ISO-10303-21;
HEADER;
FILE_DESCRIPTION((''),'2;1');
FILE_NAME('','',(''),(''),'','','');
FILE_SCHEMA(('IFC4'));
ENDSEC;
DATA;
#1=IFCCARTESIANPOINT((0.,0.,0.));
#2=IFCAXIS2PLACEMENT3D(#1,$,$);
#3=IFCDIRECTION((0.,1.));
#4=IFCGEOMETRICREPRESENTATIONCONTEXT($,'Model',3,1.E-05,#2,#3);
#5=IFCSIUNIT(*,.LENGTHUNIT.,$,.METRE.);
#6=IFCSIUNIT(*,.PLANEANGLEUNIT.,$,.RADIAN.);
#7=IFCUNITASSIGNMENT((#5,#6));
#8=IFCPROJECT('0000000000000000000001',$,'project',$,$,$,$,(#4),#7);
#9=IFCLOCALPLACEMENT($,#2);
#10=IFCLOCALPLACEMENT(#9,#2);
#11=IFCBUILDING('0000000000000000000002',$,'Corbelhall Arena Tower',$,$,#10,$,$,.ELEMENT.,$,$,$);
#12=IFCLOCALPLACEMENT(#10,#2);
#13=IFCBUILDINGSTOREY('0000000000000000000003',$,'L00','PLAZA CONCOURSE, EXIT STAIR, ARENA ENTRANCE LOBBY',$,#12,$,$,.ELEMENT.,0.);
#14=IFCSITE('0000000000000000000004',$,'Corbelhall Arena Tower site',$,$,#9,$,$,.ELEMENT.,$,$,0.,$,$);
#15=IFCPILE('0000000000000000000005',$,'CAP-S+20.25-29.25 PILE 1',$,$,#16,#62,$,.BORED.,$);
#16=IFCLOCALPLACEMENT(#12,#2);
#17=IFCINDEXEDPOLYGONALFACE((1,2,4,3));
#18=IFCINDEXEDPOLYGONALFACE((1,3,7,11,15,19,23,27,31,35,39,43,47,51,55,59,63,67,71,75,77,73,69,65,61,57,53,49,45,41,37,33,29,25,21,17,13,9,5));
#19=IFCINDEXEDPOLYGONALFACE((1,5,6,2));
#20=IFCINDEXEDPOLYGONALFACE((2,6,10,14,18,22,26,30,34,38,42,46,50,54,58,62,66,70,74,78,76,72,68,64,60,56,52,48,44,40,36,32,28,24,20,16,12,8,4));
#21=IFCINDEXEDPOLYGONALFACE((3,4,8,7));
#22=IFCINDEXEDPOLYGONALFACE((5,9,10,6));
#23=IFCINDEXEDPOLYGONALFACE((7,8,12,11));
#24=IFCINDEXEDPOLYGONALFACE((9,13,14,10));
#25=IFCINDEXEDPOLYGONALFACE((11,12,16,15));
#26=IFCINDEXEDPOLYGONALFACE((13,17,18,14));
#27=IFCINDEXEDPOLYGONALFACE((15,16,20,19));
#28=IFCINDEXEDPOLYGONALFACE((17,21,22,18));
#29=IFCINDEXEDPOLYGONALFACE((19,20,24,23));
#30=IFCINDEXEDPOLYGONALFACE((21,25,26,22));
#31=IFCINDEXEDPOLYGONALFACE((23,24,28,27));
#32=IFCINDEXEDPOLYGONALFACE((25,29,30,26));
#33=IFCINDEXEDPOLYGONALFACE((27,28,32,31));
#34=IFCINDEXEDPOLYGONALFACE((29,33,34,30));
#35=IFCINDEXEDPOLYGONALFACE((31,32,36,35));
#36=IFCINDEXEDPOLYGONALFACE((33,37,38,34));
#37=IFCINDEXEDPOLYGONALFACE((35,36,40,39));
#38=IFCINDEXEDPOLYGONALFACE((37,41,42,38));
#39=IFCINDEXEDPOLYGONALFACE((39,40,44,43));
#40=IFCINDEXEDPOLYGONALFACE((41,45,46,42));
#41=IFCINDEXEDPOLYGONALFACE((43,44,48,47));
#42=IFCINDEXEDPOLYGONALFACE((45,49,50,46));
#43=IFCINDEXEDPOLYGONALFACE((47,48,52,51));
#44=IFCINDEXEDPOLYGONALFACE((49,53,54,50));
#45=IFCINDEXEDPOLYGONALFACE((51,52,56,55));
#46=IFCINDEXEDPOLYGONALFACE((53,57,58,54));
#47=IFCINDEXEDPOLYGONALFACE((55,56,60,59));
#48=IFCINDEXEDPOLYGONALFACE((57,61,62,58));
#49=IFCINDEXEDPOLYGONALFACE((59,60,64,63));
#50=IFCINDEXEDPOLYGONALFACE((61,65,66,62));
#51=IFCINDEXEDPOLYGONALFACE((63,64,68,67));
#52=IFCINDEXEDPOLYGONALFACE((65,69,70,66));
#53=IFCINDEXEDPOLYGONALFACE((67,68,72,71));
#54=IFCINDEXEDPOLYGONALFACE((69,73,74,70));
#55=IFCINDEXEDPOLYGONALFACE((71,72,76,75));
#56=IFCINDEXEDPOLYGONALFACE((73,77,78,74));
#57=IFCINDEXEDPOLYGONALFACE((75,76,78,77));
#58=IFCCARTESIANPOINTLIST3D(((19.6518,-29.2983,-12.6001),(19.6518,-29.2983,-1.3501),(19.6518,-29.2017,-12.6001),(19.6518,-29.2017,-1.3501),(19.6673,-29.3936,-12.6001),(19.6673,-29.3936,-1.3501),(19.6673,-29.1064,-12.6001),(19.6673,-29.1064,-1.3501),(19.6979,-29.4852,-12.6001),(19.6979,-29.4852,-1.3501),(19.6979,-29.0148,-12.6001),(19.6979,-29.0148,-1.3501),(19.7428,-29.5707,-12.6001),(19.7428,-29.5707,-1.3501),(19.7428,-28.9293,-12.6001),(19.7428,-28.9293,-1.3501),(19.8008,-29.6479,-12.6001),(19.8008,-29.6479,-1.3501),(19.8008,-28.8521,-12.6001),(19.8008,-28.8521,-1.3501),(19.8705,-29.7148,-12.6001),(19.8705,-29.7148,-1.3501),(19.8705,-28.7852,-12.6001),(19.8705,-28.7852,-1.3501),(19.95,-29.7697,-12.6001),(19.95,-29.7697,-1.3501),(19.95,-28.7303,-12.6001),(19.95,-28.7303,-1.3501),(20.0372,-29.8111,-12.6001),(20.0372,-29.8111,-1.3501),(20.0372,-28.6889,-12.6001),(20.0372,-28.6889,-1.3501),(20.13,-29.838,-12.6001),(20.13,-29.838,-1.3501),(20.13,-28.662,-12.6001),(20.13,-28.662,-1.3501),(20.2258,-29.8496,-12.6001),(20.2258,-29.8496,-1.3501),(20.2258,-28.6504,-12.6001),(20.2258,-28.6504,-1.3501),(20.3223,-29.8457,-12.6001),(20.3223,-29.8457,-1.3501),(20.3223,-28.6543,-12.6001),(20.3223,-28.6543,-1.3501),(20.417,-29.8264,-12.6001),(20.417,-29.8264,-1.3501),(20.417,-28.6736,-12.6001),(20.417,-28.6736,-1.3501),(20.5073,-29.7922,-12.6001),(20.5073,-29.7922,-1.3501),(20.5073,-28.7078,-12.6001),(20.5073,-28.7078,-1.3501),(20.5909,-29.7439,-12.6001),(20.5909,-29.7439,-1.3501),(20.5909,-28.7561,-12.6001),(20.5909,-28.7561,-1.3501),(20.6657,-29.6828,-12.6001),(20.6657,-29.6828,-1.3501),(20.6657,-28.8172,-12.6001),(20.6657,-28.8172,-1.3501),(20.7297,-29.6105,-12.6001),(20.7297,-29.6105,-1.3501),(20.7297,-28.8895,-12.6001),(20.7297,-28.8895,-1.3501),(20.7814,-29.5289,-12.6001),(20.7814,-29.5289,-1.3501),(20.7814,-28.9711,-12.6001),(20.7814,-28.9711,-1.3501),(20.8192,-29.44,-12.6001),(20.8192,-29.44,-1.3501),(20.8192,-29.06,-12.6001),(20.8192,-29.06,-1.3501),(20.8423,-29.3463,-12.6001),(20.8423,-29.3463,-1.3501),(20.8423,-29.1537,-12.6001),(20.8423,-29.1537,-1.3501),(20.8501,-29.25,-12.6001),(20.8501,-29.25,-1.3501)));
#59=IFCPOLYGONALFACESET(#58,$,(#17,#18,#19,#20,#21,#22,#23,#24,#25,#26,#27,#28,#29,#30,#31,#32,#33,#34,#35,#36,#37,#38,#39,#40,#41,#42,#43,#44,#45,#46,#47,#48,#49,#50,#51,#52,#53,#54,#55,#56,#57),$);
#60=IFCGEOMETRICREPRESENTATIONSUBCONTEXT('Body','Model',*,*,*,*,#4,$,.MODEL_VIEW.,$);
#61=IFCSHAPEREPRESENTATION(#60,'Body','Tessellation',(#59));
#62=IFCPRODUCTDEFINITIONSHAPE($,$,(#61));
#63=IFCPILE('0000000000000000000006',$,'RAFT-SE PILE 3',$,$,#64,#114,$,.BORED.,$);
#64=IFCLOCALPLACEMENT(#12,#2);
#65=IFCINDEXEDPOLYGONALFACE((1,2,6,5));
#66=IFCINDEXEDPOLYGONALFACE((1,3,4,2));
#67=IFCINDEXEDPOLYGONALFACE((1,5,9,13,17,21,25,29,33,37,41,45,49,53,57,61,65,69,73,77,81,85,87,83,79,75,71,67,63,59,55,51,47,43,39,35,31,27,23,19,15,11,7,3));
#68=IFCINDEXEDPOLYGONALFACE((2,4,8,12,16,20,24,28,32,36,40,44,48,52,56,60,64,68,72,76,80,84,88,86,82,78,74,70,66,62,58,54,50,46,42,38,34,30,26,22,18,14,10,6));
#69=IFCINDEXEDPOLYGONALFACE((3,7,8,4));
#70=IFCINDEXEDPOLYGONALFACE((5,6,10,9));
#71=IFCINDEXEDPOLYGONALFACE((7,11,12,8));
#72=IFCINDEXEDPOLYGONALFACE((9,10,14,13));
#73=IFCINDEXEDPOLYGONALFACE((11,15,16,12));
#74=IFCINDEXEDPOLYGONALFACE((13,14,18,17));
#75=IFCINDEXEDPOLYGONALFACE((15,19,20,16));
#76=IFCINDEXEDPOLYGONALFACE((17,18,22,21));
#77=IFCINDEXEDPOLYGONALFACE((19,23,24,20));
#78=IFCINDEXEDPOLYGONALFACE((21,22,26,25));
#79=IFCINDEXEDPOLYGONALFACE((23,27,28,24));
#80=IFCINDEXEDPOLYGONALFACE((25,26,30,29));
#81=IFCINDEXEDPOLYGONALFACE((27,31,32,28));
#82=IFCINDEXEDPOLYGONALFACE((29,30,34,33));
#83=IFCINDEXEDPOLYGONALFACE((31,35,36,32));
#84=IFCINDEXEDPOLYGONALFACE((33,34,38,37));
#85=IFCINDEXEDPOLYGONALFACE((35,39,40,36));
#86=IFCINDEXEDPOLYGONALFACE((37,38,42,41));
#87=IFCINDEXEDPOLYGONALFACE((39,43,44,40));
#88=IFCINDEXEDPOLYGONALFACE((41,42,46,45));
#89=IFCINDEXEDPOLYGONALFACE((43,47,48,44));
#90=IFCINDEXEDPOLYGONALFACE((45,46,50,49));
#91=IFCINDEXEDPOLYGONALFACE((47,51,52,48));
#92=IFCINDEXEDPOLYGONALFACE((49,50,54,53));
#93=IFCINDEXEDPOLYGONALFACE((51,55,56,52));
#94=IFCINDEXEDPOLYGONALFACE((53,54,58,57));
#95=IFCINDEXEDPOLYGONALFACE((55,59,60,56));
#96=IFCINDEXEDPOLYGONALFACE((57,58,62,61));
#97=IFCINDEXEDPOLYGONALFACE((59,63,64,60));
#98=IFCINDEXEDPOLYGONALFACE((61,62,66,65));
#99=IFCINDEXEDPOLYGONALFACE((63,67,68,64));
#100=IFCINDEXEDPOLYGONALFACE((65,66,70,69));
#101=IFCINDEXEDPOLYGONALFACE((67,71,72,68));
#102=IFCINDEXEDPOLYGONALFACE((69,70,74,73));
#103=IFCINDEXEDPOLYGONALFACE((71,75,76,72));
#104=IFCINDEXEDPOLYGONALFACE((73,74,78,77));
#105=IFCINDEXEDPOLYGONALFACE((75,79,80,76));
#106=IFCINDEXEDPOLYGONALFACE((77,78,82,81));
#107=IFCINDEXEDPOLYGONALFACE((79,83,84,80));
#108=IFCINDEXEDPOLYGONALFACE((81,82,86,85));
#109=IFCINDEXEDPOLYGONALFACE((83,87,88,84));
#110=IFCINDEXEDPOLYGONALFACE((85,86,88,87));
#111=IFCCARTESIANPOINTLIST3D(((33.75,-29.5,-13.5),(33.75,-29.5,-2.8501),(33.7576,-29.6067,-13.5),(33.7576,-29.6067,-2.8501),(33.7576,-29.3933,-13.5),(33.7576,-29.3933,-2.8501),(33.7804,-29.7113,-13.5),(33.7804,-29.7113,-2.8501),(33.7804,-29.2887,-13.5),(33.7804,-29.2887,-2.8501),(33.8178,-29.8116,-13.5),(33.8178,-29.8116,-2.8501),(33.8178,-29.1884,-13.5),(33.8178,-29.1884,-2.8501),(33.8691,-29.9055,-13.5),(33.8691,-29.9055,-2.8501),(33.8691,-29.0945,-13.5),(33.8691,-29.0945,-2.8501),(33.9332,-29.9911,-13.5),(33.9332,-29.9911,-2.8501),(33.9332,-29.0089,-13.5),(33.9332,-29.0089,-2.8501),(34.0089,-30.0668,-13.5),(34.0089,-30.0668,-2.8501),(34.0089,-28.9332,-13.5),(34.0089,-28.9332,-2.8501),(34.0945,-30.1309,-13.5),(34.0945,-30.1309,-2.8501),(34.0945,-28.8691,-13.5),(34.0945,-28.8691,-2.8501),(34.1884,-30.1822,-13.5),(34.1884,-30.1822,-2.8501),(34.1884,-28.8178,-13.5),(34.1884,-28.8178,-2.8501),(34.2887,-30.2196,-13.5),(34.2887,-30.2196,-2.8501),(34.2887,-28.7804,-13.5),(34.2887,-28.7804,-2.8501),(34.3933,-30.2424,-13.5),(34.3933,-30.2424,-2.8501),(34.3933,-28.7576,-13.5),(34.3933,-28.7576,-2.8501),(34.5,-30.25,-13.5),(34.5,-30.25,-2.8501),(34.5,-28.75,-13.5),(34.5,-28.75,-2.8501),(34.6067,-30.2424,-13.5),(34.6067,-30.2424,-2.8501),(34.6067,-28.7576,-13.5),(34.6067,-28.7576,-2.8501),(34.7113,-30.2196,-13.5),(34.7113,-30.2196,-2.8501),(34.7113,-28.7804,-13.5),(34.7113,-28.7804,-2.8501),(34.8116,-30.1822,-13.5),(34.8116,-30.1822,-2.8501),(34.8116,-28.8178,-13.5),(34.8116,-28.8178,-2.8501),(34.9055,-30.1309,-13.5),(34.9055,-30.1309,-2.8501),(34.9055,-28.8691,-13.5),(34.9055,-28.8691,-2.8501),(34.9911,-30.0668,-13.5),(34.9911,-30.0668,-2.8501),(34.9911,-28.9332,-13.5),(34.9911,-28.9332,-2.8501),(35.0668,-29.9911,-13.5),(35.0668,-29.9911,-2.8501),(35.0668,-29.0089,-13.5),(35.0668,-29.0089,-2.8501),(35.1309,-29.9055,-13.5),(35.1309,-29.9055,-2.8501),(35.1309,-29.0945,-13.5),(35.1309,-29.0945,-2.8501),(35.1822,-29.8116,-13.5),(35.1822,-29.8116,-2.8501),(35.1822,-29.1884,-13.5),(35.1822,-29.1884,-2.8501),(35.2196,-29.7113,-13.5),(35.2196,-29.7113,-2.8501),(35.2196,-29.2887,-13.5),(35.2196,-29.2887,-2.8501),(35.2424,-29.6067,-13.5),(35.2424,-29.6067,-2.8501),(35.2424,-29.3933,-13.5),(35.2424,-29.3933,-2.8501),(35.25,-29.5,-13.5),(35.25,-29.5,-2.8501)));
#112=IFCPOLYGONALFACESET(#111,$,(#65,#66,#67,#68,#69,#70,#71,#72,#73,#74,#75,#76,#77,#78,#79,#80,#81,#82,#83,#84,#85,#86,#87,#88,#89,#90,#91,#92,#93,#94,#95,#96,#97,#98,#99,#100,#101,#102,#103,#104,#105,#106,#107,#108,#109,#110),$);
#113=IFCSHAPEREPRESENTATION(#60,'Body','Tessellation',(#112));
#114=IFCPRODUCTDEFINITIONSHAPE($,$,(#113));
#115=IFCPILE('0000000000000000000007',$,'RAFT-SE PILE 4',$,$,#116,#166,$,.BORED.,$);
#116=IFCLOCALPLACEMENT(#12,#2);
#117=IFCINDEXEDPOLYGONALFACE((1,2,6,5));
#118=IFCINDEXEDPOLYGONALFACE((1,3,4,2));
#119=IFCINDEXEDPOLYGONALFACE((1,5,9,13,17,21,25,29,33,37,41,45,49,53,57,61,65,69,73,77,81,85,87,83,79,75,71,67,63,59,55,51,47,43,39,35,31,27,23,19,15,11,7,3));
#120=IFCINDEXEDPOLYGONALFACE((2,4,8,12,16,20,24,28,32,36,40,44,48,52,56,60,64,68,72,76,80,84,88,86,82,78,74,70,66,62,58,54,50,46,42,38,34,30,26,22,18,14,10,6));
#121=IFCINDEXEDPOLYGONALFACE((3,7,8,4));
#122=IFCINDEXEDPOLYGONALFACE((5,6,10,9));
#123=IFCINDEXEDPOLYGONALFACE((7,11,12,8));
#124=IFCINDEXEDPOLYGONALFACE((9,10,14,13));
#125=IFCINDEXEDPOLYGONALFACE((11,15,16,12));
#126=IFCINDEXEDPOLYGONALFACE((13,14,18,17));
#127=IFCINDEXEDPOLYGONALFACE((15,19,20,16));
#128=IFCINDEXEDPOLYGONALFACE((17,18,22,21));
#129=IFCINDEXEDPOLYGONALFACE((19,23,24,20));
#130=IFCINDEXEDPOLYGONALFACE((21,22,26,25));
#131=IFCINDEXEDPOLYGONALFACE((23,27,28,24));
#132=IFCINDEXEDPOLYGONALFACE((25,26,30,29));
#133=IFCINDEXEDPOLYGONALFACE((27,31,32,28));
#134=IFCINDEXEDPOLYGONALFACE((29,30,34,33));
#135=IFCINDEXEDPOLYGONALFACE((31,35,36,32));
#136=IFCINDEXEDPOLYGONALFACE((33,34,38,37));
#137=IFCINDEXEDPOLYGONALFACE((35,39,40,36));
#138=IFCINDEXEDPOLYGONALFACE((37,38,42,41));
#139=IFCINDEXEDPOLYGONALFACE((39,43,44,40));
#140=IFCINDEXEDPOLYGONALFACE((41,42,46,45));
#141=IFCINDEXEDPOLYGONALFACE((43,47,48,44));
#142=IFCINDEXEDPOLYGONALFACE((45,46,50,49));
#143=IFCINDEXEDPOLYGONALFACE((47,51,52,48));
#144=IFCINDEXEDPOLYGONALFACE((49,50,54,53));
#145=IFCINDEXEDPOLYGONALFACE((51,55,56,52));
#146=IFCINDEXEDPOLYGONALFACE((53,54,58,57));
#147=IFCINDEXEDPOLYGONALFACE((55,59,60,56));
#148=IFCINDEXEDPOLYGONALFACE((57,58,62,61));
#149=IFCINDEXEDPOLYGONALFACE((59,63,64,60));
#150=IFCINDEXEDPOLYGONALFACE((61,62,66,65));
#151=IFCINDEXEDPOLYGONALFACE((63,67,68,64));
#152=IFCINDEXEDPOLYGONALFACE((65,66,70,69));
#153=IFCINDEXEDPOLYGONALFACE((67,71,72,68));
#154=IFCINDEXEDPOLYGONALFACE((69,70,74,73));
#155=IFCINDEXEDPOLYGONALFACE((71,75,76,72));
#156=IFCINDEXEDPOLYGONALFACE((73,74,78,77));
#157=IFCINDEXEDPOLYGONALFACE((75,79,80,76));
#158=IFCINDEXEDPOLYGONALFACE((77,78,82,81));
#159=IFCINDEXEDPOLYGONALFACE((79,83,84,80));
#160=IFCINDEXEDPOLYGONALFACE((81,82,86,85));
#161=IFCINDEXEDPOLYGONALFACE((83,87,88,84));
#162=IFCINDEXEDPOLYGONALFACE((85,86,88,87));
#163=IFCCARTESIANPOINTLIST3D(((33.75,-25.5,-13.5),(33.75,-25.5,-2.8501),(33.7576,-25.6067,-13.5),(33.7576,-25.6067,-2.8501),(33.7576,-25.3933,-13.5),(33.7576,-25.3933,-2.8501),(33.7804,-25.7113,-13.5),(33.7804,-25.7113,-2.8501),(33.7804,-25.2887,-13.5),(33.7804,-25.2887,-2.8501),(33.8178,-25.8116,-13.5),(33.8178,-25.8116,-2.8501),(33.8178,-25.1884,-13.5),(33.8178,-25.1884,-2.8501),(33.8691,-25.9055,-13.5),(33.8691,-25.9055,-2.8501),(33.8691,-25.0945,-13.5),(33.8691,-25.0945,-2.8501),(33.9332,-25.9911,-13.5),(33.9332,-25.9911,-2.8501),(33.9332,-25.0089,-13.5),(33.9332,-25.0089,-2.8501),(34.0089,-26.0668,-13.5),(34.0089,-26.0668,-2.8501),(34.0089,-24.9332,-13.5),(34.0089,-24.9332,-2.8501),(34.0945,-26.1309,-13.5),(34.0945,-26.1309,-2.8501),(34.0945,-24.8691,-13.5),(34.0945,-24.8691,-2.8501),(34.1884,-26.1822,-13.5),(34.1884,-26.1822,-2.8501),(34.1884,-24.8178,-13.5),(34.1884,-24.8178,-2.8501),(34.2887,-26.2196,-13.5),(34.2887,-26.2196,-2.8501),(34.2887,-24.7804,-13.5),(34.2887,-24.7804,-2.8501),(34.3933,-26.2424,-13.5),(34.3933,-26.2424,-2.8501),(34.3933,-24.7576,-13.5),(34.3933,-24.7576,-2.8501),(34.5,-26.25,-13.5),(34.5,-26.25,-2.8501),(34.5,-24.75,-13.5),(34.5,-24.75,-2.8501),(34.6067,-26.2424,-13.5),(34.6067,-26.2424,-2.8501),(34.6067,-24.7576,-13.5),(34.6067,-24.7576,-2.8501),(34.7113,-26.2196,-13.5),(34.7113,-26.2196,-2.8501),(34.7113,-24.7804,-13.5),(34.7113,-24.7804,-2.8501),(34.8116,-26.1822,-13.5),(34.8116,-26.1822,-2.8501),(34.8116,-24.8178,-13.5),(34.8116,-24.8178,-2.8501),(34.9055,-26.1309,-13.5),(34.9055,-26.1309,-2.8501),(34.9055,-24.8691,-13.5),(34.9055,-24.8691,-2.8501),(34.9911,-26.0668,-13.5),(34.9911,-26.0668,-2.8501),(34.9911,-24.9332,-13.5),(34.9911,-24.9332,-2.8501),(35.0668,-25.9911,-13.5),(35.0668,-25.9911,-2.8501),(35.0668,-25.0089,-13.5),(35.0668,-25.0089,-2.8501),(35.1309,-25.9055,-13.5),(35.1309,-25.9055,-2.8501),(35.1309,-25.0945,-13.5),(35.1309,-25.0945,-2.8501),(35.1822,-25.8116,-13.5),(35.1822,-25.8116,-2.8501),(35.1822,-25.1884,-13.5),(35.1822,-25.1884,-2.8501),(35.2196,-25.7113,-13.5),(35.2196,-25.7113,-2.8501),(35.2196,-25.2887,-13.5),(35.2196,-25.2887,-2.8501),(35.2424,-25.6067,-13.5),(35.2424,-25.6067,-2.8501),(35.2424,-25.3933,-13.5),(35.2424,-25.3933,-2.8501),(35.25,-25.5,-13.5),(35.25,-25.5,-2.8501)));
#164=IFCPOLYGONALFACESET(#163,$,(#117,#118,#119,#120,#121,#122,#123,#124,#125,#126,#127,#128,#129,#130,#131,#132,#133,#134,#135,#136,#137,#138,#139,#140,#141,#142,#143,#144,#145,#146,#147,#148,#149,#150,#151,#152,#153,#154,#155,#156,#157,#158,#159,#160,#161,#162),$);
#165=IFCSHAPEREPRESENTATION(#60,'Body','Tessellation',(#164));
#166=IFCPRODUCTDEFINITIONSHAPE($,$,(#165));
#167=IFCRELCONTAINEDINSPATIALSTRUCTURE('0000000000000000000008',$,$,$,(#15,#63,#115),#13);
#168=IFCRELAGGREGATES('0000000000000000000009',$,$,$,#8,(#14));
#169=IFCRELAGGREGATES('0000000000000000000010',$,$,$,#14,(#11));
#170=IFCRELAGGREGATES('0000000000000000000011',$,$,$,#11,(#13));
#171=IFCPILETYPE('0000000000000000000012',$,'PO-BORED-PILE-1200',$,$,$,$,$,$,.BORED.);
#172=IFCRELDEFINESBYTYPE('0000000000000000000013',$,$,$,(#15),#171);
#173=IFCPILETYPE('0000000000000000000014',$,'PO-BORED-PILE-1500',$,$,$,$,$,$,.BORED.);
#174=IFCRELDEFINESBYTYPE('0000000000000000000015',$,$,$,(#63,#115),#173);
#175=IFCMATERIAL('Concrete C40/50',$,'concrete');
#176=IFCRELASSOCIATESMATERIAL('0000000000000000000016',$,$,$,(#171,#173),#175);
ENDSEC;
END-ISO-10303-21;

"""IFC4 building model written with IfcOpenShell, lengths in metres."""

from ifc_helpers import new_model, si_unit, direction, frame, origin, origin_2d, place, context, subcontext, project, spatial, circle, extrude, material, material_profile, profile_set, type_object, element, save


model = new_model("IFC4")

# Units and contexts
model_context = context("Model", 3, precision=1e-05, world=origin(), true_north=direction((0.0, 1.0)))
body_context = subcontext(model_context, "Body", "Model", "MODEL_VIEW")
ifc_project = project(units=[si_unit("LENGTHUNIT", "METRE"), si_unit("PLANEANGLEUNIT", "RADIAN")], contexts=[model_context])

# Site, building, storey
site_placement = place(None, origin())
site = spatial("IfcSite", under=ifc_project, at=site_placement, Name="Corbelhall Arena Tower site", CompositionType="ELEMENT", RefElevation=0.0)
building_placement = place(site_placement, origin())
building = spatial("IfcBuilding", under=site, at=building_placement, Name="Corbelhall Arena Tower", CompositionType="ELEMENT")
storey_placement = place(building_placement, origin())
storey = spatial("IfcBuildingStorey", under=building, at=storey_placement, Name="L00", Description="PLAZA CONCOURSE, EXIT STAIR, ARENA ENTRANCE LOBBY", CompositionType="ELEMENT", Elevation=0.0)

# Piles
ifc_material_1 = material(Name="Concrete C40/50", Category="concrete")
ifc_material_profile_1 = material_profile(ifc_material_1, circle(Radius=0.6001, at=origin_2d()))
ifc_profile_set_1 = profile_set([ifc_material_profile_1], Name="Concrete C40/50")
pile_type_1 = type_object("IfcPileType", Name="PO-BORED-PILE-1200", PredefinedType="BORED", material=ifc_profile_set_1)
pile_placement = place(storey_placement, frame((20.25, -29.25, -1.3501), z_axis=(0.0, 0.0, -1.0), x_axis=(1.0, 0.0, 0.0)))
element("IfcPile", 1, at=pile_placement, inside=storey, type_object=pile_type_1, Name="CAP-S+20.25-29.25 PILE 1", PredefinedType="BORED", context=body_context, shape_type="SweptSolid", body=[
    extrude(circle(Radius=0.6001, at=origin_2d()), origin(), (0.0, 0.0, 1.0), 11.25),
])
ifc_material_profile_2 = material_profile(ifc_material_1, circle(Radius=0.75, at=origin_2d()))
ifc_profile_set_2 = profile_set([ifc_material_profile_2], Name="Concrete C40/50")
pile_type_2 = type_object("IfcPileType", Name="PO-BORED-PILE-1500", PredefinedType="BORED", material=ifc_profile_set_2)
for number, where, z_axis, x_axis, name in (
    (2, (34.5, -29.5, -2.8501), (0.0, 0.0, -1.0), (1.0, 0.0, 0.0), "RAFT-SE PILE 3"),
    (3, (34.5, -25.5, -2.8501), (0.0, 0.0, -1.0), (1.0, 0.0, 0.0), "RAFT-SE PILE 4"),
):
    element("IfcPile", number, at=place(storey_placement, frame(where, z_axis=z_axis, x_axis=x_axis)), inside=storey, type_object=pile_type_2, Name=name, PredefinedType="BORED", context=body_context, shape_type="SweptSolid", body=[
        extrude(circle(Radius=0.75, at=origin_2d()), origin(), (0.0, 0.0, 1.0), 10.6499),
    ])

save(model, "model.ifc")
